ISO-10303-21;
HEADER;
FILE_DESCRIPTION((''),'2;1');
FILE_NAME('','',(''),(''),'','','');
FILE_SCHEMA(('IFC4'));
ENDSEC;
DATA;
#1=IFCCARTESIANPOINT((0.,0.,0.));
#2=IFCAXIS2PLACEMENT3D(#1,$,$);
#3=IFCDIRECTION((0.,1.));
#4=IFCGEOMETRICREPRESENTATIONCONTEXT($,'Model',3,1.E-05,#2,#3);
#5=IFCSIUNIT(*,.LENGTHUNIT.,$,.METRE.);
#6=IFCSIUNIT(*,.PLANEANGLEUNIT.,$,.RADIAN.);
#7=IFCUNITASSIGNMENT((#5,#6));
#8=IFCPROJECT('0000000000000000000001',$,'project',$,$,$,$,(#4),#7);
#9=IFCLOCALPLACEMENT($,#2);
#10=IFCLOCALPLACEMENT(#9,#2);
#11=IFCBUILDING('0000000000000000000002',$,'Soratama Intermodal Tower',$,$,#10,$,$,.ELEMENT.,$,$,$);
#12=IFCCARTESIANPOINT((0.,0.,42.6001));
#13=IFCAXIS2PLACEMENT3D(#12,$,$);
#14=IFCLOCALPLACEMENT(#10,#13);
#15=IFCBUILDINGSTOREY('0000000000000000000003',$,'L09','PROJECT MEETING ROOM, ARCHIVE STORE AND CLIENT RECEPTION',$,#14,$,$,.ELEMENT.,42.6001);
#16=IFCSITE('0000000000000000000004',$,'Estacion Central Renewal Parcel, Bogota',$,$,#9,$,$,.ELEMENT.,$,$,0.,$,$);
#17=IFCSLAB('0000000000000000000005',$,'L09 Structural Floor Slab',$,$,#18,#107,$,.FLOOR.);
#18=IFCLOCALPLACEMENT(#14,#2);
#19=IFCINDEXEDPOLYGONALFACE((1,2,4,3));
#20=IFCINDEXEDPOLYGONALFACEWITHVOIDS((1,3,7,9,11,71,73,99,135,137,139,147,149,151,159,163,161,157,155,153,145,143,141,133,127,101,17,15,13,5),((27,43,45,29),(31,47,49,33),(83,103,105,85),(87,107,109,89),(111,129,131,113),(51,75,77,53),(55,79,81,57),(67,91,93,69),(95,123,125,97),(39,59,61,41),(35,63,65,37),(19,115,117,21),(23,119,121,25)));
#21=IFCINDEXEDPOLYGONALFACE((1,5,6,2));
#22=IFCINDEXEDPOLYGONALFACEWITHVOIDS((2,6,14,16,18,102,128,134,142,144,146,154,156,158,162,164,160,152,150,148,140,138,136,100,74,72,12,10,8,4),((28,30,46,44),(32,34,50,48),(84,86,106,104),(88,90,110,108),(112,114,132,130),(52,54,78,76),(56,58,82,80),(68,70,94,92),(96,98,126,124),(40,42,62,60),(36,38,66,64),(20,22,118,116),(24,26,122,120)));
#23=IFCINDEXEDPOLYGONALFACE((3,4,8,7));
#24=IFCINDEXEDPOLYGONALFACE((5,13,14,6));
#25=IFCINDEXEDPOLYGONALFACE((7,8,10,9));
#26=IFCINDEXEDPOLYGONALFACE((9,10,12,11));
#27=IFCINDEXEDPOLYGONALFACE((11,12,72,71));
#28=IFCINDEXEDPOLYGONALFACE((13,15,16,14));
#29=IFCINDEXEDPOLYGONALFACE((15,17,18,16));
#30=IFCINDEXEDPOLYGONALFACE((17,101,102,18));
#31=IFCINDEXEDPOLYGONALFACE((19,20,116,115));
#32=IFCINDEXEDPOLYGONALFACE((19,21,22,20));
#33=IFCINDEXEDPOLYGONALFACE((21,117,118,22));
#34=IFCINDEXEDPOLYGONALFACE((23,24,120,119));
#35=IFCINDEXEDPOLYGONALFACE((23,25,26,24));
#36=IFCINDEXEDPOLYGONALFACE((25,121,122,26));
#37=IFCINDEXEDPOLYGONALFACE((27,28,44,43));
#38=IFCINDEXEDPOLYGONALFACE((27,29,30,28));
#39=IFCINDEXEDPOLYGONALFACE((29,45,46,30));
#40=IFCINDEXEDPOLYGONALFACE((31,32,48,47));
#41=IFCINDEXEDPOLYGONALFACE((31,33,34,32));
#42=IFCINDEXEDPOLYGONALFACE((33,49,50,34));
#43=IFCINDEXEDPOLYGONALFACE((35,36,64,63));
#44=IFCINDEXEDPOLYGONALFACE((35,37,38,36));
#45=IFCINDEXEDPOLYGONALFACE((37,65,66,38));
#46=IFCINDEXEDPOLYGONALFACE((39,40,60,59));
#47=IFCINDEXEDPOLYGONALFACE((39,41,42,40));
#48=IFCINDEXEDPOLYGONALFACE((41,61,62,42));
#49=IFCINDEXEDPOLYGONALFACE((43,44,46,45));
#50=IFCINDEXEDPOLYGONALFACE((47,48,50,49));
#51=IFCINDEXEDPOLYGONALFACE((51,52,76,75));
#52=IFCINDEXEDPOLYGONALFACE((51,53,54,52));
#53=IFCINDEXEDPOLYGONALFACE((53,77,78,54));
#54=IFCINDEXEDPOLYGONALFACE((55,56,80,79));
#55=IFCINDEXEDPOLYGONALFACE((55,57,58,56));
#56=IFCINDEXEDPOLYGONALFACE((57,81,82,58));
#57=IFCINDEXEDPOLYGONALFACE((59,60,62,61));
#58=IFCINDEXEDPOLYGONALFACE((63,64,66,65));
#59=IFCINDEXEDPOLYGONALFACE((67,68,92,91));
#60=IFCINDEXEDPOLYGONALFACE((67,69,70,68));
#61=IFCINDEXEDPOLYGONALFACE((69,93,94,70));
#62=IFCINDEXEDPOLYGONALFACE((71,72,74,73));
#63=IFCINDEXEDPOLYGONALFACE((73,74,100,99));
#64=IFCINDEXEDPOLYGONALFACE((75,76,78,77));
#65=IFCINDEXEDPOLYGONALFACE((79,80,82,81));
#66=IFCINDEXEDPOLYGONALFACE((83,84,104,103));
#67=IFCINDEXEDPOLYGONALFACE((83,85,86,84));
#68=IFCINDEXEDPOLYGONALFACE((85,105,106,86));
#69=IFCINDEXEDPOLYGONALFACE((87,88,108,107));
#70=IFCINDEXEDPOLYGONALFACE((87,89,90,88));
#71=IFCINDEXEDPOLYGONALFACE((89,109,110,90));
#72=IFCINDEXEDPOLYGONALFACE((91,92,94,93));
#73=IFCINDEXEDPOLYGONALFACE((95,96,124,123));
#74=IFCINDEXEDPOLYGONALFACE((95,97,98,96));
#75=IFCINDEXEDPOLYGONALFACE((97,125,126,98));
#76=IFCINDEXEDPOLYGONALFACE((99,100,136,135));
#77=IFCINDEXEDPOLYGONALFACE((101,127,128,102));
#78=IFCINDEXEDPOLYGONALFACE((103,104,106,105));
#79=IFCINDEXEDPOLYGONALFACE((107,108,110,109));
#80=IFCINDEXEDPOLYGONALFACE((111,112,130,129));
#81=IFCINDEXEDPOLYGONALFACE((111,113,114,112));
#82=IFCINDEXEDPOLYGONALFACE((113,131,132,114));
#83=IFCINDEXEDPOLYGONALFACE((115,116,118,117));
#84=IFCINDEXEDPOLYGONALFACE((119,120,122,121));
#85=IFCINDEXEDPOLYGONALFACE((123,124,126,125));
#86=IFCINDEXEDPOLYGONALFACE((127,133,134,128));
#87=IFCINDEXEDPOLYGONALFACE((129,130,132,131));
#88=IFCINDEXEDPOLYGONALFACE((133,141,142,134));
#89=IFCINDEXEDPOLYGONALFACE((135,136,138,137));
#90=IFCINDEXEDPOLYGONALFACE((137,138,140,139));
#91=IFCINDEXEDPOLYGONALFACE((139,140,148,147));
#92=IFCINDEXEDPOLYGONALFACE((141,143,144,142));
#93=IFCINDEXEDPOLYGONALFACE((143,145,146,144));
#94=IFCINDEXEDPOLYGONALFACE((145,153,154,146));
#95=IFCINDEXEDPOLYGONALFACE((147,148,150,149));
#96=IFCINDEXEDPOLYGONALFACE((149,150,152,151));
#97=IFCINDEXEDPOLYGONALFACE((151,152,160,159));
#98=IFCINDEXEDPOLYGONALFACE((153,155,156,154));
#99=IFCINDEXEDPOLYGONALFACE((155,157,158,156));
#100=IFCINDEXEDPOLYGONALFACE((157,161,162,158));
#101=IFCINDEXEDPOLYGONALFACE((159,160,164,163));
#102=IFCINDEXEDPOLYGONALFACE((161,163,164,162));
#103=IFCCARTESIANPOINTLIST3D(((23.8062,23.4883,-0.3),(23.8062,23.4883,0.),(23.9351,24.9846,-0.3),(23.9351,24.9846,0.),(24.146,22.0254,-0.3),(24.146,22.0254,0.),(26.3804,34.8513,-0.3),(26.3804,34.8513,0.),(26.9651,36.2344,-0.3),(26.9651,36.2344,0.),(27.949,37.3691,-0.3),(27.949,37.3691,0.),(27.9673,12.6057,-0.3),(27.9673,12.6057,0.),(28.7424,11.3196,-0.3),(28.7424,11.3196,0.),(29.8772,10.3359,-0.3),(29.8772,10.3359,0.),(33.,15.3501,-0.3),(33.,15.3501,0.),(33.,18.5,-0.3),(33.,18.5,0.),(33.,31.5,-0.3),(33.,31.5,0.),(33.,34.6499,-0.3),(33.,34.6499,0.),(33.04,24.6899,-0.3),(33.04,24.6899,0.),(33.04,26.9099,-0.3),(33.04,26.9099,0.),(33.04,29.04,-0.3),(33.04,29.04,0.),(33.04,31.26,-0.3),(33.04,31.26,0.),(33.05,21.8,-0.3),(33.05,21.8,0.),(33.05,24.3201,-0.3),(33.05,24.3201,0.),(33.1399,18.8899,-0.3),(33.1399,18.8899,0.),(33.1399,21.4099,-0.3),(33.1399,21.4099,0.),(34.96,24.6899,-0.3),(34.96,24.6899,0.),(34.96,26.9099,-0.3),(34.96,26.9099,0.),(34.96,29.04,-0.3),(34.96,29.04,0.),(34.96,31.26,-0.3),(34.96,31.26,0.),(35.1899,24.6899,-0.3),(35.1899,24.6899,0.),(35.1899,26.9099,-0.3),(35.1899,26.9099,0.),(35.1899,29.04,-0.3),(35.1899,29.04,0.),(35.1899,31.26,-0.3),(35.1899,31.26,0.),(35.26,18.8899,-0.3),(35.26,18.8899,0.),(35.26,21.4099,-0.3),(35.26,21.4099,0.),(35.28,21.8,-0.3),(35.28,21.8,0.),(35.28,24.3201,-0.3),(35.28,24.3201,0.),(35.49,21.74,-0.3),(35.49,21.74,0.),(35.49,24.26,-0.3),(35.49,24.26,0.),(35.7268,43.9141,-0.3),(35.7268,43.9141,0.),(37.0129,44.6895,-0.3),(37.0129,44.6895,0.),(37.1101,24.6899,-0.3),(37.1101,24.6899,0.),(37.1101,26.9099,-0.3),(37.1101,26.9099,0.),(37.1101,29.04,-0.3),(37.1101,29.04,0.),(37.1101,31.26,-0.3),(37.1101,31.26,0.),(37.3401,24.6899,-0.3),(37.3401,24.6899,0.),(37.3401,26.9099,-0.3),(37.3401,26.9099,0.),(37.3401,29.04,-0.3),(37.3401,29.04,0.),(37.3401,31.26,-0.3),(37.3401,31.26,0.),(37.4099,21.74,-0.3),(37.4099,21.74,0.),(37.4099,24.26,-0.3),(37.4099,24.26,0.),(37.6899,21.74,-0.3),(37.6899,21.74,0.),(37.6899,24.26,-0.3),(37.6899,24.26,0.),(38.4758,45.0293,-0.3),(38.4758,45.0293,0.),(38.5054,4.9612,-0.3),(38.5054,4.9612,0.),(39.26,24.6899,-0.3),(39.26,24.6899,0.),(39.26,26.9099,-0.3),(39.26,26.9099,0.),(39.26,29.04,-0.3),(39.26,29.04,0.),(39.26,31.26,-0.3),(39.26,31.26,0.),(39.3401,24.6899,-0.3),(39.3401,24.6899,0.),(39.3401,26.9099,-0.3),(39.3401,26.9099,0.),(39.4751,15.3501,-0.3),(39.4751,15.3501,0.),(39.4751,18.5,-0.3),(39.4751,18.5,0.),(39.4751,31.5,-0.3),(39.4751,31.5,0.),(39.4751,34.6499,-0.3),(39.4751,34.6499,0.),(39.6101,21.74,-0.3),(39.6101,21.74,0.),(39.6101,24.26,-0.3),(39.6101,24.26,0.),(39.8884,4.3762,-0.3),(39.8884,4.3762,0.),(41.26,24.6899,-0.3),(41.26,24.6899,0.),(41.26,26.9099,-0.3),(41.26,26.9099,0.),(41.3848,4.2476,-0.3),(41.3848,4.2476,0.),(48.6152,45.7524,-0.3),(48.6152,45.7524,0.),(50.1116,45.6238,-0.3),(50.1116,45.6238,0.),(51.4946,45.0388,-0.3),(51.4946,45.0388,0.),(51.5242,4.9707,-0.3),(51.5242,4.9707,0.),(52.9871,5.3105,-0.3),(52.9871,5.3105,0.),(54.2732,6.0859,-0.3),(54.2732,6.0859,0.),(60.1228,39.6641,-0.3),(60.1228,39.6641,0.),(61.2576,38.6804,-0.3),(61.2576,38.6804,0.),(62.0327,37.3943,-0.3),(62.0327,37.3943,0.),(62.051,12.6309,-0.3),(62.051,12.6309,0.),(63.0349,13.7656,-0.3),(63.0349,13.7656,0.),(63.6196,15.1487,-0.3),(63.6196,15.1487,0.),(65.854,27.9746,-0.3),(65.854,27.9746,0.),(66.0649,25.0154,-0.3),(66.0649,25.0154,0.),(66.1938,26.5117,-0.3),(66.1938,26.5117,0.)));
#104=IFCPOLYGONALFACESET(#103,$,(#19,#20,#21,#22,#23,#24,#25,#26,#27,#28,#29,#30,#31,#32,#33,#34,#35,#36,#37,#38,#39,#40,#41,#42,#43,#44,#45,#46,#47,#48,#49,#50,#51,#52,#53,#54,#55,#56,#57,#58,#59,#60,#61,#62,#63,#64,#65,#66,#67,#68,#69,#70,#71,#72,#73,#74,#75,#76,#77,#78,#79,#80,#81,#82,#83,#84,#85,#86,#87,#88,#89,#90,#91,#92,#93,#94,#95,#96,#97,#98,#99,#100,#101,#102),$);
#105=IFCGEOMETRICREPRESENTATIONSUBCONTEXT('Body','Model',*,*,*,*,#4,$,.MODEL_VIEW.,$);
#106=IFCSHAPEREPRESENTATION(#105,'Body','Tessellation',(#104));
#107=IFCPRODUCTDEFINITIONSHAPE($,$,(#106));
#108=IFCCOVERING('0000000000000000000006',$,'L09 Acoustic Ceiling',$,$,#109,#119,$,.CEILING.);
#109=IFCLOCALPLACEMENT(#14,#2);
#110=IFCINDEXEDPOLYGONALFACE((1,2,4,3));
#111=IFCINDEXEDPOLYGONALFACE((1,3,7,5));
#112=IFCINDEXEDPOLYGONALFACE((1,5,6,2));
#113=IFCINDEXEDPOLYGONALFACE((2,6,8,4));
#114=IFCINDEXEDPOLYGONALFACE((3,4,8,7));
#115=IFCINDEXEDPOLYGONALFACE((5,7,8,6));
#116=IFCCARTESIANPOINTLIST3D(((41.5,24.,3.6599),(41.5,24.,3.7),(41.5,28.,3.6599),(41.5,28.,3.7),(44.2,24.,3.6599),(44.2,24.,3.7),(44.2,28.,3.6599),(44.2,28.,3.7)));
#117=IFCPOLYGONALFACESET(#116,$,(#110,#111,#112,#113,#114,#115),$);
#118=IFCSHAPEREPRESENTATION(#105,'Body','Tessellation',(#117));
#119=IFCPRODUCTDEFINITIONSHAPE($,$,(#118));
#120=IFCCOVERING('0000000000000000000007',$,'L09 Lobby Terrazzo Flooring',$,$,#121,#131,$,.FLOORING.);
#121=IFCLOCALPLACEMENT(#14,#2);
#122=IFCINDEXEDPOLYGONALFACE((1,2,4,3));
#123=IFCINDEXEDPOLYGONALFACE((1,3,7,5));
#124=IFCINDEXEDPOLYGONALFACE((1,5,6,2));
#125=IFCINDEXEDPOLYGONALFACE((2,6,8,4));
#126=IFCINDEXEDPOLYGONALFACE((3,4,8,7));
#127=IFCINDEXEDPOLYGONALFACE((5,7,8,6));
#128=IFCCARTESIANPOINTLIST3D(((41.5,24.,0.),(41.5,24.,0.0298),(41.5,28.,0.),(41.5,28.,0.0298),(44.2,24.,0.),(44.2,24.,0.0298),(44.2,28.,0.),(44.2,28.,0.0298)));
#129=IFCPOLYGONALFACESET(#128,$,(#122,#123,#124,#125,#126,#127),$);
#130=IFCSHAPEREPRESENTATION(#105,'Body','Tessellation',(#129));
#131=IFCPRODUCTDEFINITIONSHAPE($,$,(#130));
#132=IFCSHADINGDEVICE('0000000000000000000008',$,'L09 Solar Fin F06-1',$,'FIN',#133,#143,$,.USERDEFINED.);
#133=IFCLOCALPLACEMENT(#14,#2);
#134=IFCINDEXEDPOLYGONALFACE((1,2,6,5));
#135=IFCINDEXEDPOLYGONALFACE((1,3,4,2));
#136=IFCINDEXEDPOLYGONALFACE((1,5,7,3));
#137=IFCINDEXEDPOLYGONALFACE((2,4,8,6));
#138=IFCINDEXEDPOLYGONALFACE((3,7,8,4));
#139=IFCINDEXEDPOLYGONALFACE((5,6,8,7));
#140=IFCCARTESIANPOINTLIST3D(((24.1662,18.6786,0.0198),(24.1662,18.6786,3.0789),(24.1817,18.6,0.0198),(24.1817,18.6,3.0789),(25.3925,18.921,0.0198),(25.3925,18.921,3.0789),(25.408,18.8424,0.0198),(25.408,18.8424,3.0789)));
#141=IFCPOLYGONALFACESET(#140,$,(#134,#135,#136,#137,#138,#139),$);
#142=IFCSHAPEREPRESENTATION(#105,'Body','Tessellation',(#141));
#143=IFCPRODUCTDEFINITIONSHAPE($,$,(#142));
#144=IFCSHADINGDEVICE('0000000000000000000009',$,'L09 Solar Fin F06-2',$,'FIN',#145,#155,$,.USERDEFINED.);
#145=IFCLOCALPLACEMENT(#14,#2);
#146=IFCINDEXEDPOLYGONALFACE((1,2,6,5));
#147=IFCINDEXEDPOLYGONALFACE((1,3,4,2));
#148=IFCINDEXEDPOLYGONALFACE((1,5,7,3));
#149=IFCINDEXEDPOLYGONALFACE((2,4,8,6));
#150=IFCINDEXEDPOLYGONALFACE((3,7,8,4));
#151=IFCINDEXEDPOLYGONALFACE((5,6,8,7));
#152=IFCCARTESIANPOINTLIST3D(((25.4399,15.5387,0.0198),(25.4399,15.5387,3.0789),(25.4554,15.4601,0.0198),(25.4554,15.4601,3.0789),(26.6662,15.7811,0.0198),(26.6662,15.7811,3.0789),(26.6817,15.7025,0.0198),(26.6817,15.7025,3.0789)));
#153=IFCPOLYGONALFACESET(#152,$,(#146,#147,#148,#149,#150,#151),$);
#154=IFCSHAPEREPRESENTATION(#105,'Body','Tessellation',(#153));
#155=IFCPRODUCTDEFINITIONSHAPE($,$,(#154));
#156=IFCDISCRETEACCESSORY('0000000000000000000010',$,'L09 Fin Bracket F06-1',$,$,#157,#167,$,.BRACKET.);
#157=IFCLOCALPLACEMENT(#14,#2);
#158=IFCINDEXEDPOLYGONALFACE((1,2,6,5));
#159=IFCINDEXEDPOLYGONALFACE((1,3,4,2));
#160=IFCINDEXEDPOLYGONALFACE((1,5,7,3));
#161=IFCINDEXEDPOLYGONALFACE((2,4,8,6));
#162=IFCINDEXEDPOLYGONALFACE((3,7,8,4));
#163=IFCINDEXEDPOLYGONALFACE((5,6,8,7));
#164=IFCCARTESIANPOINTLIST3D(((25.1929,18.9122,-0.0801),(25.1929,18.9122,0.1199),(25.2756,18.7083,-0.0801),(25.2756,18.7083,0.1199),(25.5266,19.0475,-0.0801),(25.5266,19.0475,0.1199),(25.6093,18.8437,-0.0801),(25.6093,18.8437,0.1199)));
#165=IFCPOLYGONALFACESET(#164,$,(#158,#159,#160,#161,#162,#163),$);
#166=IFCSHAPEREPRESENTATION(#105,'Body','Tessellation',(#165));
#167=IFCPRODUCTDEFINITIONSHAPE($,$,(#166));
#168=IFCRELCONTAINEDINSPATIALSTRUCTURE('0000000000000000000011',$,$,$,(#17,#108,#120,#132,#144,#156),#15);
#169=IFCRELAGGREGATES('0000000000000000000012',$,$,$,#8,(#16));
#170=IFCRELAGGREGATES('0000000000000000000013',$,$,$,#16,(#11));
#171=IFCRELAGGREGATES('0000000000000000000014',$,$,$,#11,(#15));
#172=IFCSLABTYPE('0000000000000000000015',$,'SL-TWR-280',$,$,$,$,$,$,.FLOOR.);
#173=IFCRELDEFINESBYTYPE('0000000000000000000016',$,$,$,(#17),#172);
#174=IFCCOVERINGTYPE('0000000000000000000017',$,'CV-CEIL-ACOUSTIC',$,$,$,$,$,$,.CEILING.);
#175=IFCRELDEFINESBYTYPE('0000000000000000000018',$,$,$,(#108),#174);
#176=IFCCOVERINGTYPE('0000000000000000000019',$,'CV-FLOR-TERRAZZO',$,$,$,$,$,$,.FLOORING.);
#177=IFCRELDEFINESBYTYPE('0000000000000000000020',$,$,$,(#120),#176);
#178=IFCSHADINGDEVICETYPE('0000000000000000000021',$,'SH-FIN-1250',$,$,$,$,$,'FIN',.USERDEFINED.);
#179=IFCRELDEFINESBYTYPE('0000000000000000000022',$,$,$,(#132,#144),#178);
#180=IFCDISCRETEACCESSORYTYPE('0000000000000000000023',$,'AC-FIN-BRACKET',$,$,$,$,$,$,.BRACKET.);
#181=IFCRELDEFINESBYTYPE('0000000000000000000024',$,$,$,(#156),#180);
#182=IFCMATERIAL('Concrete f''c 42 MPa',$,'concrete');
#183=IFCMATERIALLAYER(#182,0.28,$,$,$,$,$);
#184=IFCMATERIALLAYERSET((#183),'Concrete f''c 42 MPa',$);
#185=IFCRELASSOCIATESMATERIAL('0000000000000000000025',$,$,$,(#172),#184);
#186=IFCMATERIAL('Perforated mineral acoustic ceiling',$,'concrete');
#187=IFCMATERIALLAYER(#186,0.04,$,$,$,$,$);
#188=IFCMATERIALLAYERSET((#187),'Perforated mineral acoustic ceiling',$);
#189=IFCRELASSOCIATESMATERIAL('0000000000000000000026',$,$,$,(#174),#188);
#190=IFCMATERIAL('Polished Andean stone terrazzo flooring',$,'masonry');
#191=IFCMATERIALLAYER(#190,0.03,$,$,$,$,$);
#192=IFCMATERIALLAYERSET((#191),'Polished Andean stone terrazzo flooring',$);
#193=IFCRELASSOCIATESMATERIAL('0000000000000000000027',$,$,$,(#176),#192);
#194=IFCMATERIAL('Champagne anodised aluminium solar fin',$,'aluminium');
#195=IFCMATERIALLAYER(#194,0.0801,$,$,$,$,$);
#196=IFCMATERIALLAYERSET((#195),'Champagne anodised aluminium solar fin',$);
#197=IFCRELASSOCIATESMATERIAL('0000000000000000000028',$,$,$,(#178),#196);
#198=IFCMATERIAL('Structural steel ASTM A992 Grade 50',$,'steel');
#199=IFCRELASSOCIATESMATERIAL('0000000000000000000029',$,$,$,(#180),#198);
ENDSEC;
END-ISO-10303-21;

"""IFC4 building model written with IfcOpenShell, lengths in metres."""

from ifc_helpers import new_model, si_unit, direction, frame, origin, origin_2d, place, context, subcontext, project, spatial, polyline, rectangle, outline, extrude, material, layer, layer_set, type_object, element, save


model = new_model("IFC4")

# Units and contexts
model_context = context("Model", 3, precision=1e-05, world=origin(), true_north=direction((0.0, 1.0)))
body_context = subcontext(model_context, "Body", "Model", "MODEL_VIEW")
ifc_project = project(units=[si_unit("LENGTHUNIT", "METRE"), si_unit("PLANEANGLEUNIT", "RADIAN")], contexts=[model_context])

# Site, building, storey
site_placement = place(None, origin())
site = spatial("IfcSite", under=ifc_project, at=site_placement, Name="Estacion Central Renewal Parcel, Bogota", CompositionType="ELEMENT", RefElevation=0.0)
building_placement = place(site_placement, origin())
building = spatial("IfcBuilding", under=site, at=building_placement, Name="Soratama Intermodal Tower", CompositionType="ELEMENT")
storey_placement = place(building_placement, frame((0.0, 0.0, 42.6001)))
storey = spatial("IfcBuildingStorey", under=building, at=storey_placement, Name="L09", Description="PROJECT MEETING ROOM, ARCHIVE STORE AND CLIENT RECEPTION", CompositionType="ELEMENT", Elevation=42.6001)

# Slab
ifc_material_1 = material(Name="Concrete f'c 42 MPa", Category="concrete")
ifc_layer_1 = layer(ifc_material_1, 0.28)
ifc_layer_set_1 = layer_set([ifc_layer_1], Name="Concrete f'c 42 MPa")
slab_type_1 = type_object("IfcSlabType", Name="SL-TWR-280", PredefinedType="FLOOR", material=ifc_layer_set_1)
slab_1_placement = place(storey_placement, frame((0.0, 0.0, -0.3)))
element("IfcSlab", 1, at=slab_1_placement, inside=storey, type_object=slab_type_1, Name="L09 Structural Floor Slab", PredefinedType="FLOOR", context=body_context, shape_type="SweptSolid", body=[
    extrude(outline(polyline([(66.0649, 25.0154), (66.1938, 26.5117), (65.854, 27.9746), (62.0327, 37.3943), (61.2576, 38.6804), (60.1228, 39.6641), (51.4946, 45.0388), (50.1116, 45.6238), (48.6152, 45.7524), (38.4758, 45.0293), (37.0129, 44.6895), (35.7268, 43.9141), (27.949, 37.3691), (26.9651, 36.2344), (26.3804, 34.8513), (23.9351, 24.9846), (23.8062, 23.4883), (24.146, 22.0254), (27.9673, 12.6057), (28.7424, 11.3196), (29.8772, 10.3359), (38.5054, 4.9612), (39.8884, 4.3762), (41.3848, 4.2476), (51.5242, 4.9707), (52.9871, 5.3105), (54.2732, 6.0859), (62.051, 12.6309), (63.0349, 13.7656), (63.6196, 15.1487), (66.0649, 25.0154)]), holes=[polyline([(33.0, 18.5), (33.0, 15.3501), (39.4751, 15.3501), (39.4751, 18.5), (33.0, 18.5)]), polyline([(35.26, 18.8899), (35.26, 21.4099), (33.1399, 21.4099), (33.1399, 18.8899), (35.26, 18.8899)]), polyline([(33.05, 21.8), (35.28, 21.8), (35.28, 24.3201), (33.05, 24.3201), (33.05, 21.8)]), polyline([(34.96, 26.9099), (33.04, 26.9099), (33.04, 24.6899), (34.96, 24.6899), (34.96, 26.9099)]), polyline([(37.1101, 24.6899), (37.1101, 26.9099), (35.1899, 26.9099), (35.1899, 24.6899), (37.1101, 24.6899)]), polyline([(34.96, 29.04), (34.96, 31.26), (33.04, 31.26), (33.04, 29.04), (34.96, 29.04)]), polyline([(37.1101, 31.26), (35.1899, 31.26), (35.1899, 29.04), (37.1101, 29.04), (37.1101, 31.26)]), polyline([(37.4099, 21.74), (37.4099, 24.26), (35.49, 24.26), (35.49, 21.74), (37.4099, 21.74)]), polyline([(39.6101, 21.74), (39.6101, 24.26), (37.6899, 24.26), (37.6899, 21.74), (39.6101, 21.74)]), polyline([(39.26, 24.6899), (39.26, 26.9099), (37.3401, 26.9099), (37.3401, 24.6899), (39.26, 24.6899)]), polyline([(41.26, 24.6899), (41.26, 26.9099), (39.3401, 26.9099), (39.3401, 24.6899), (41.26, 24.6899)]), polyline([(39.26, 29.04), (39.26, 31.26), (37.3401, 31.26), (37.3401, 29.04), (39.26, 29.04)]), polyline([(39.4751, 34.6499), (33.0, 34.6499), (33.0, 31.5), (39.4751, 31.5), (39.4751, 34.6499)])]), origin(), (0.0, 0.0, 1.0), 0.3),
])

# Coverings
ifc_material_2 = material(Name="Perforated mineral acoustic ceiling", Category="concrete")
ifc_layer_2 = layer(ifc_material_2, 0.04)
ifc_layer_set_2 = layer_set([ifc_layer_2], Name="Perforated mineral acoustic ceiling")
covering_type_1 = type_object("IfcCoveringType", Name="CV-CEIL-ACOUSTIC", PredefinedType="CEILING", material=ifc_layer_set_2)
covering_1_placement = place(storey_placement, frame((0.0, 0.0, 3.6599)))
element("IfcCovering", 2, at=covering_1_placement, inside=storey, type_object=covering_type_1, Name="L09 Acoustic Ceiling", PredefinedType="CEILING", context=body_context, shape_type="SweptSolid", body=[
    extrude(outline(polyline([(41.5, 24.0), (44.2, 24.0), (44.2, 28.0), (41.5, 28.0), (41.5, 24.0)])), origin(), (0.0, 0.0, 1.0), 0.04),
])
ifc_material_3 = material(Name="Polished Andean stone terrazzo flooring", Category="masonry")
ifc_layer_3 = layer(ifc_material_3, 0.03)
ifc_layer_set_3 = layer_set([ifc_layer_3], Name="Polished Andean stone terrazzo flooring")
covering_type_2 = type_object("IfcCoveringType", Name="CV-FLOR-TERRAZZO", PredefinedType="FLOORING", material=ifc_layer_set_3)
covering_2_placement = place(storey_placement, origin())
element("IfcCovering", 3, at=covering_2_placement, inside=storey, type_object=covering_type_2, Name="L09 Lobby Terrazzo Flooring", PredefinedType="FLOORING", context=body_context, shape_type="SweptSolid", body=[
    extrude(outline(polyline([(41.5, 24.0), (44.2, 24.0), (44.2, 28.0), (41.5, 28.0), (41.5, 24.0)])), origin(), (0.0, 0.0, 1.0), 0.0298),
])

# Shading devices
ifc_material_4 = material(Name="Champagne anodised aluminium solar fin", Category="aluminium")
ifc_layer_4 = layer(ifc_material_4, 0.0801)
ifc_layer_set_4 = layer_set([ifc_layer_4], Name="Champagne anodised aluminium solar fin")
shading_device_type = type_object("IfcShadingDeviceType", Name="SH-FIN-1250", ElementType="FIN", PredefinedType="USERDEFINED", material=ifc_layer_set_4)
for number, where, z_axis, x_axis, name in (
    (4, (24.7871, 18.7605, 0.0198), (0.0, 0.0, 1.0), (-0.981023, -0.193892, 0.0), "L09 Solar Fin F06-1"),
    (5, (26.0608, 15.6206, 0.0198), (0.0, 0.0, 1.0), (-0.981023, -0.193892, 0.0), "L09 Solar Fin F06-2"),
):
    element("IfcShadingDevice", number, at=place(storey_placement, frame(where, z_axis=z_axis, x_axis=x_axis)), inside=storey, type_object=shading_device_type, Name=name, ObjectType="FIN", PredefinedType="USERDEFINED", context=body_context, shape_type="SweptSolid", body=[
        extrude(rectangle(XDim=1.25, YDim=0.0801, at=origin_2d()), origin(), (0.0, 0.0, 1.0), 3.0591),
    ])

# Discrete accessory
ifc_material_5 = material(Name="Structural steel ASTM A992 Grade 50", Category="steel")
discrete_accessory_type = type_object("IfcDiscreteAccessoryType", Name="AC-FIN-BRACKET", PredefinedType="BRACKET", material=ifc_material_5)
discrete_accessory_placement = place(storey_placement, frame((25.4011, 18.8779, -0.0801), z_axis=(0.0, 0.0, 1.0), x_axis=(-0.92666, -0.375901, 0.0)))
element("IfcDiscreteAccessory", 6, at=discrete_accessory_placement, inside=storey, type_object=discrete_accessory_type, Name="L09 Fin Bracket F06-1", PredefinedType="BRACKET", context=body_context, shape_type="SweptSolid", body=[
    extrude(rectangle(XDim=0.3601, YDim=0.22, at=origin_2d()), origin(), (0.0, 0.0, 1.0), 0.2),
])

save(model, "model.ifc")
